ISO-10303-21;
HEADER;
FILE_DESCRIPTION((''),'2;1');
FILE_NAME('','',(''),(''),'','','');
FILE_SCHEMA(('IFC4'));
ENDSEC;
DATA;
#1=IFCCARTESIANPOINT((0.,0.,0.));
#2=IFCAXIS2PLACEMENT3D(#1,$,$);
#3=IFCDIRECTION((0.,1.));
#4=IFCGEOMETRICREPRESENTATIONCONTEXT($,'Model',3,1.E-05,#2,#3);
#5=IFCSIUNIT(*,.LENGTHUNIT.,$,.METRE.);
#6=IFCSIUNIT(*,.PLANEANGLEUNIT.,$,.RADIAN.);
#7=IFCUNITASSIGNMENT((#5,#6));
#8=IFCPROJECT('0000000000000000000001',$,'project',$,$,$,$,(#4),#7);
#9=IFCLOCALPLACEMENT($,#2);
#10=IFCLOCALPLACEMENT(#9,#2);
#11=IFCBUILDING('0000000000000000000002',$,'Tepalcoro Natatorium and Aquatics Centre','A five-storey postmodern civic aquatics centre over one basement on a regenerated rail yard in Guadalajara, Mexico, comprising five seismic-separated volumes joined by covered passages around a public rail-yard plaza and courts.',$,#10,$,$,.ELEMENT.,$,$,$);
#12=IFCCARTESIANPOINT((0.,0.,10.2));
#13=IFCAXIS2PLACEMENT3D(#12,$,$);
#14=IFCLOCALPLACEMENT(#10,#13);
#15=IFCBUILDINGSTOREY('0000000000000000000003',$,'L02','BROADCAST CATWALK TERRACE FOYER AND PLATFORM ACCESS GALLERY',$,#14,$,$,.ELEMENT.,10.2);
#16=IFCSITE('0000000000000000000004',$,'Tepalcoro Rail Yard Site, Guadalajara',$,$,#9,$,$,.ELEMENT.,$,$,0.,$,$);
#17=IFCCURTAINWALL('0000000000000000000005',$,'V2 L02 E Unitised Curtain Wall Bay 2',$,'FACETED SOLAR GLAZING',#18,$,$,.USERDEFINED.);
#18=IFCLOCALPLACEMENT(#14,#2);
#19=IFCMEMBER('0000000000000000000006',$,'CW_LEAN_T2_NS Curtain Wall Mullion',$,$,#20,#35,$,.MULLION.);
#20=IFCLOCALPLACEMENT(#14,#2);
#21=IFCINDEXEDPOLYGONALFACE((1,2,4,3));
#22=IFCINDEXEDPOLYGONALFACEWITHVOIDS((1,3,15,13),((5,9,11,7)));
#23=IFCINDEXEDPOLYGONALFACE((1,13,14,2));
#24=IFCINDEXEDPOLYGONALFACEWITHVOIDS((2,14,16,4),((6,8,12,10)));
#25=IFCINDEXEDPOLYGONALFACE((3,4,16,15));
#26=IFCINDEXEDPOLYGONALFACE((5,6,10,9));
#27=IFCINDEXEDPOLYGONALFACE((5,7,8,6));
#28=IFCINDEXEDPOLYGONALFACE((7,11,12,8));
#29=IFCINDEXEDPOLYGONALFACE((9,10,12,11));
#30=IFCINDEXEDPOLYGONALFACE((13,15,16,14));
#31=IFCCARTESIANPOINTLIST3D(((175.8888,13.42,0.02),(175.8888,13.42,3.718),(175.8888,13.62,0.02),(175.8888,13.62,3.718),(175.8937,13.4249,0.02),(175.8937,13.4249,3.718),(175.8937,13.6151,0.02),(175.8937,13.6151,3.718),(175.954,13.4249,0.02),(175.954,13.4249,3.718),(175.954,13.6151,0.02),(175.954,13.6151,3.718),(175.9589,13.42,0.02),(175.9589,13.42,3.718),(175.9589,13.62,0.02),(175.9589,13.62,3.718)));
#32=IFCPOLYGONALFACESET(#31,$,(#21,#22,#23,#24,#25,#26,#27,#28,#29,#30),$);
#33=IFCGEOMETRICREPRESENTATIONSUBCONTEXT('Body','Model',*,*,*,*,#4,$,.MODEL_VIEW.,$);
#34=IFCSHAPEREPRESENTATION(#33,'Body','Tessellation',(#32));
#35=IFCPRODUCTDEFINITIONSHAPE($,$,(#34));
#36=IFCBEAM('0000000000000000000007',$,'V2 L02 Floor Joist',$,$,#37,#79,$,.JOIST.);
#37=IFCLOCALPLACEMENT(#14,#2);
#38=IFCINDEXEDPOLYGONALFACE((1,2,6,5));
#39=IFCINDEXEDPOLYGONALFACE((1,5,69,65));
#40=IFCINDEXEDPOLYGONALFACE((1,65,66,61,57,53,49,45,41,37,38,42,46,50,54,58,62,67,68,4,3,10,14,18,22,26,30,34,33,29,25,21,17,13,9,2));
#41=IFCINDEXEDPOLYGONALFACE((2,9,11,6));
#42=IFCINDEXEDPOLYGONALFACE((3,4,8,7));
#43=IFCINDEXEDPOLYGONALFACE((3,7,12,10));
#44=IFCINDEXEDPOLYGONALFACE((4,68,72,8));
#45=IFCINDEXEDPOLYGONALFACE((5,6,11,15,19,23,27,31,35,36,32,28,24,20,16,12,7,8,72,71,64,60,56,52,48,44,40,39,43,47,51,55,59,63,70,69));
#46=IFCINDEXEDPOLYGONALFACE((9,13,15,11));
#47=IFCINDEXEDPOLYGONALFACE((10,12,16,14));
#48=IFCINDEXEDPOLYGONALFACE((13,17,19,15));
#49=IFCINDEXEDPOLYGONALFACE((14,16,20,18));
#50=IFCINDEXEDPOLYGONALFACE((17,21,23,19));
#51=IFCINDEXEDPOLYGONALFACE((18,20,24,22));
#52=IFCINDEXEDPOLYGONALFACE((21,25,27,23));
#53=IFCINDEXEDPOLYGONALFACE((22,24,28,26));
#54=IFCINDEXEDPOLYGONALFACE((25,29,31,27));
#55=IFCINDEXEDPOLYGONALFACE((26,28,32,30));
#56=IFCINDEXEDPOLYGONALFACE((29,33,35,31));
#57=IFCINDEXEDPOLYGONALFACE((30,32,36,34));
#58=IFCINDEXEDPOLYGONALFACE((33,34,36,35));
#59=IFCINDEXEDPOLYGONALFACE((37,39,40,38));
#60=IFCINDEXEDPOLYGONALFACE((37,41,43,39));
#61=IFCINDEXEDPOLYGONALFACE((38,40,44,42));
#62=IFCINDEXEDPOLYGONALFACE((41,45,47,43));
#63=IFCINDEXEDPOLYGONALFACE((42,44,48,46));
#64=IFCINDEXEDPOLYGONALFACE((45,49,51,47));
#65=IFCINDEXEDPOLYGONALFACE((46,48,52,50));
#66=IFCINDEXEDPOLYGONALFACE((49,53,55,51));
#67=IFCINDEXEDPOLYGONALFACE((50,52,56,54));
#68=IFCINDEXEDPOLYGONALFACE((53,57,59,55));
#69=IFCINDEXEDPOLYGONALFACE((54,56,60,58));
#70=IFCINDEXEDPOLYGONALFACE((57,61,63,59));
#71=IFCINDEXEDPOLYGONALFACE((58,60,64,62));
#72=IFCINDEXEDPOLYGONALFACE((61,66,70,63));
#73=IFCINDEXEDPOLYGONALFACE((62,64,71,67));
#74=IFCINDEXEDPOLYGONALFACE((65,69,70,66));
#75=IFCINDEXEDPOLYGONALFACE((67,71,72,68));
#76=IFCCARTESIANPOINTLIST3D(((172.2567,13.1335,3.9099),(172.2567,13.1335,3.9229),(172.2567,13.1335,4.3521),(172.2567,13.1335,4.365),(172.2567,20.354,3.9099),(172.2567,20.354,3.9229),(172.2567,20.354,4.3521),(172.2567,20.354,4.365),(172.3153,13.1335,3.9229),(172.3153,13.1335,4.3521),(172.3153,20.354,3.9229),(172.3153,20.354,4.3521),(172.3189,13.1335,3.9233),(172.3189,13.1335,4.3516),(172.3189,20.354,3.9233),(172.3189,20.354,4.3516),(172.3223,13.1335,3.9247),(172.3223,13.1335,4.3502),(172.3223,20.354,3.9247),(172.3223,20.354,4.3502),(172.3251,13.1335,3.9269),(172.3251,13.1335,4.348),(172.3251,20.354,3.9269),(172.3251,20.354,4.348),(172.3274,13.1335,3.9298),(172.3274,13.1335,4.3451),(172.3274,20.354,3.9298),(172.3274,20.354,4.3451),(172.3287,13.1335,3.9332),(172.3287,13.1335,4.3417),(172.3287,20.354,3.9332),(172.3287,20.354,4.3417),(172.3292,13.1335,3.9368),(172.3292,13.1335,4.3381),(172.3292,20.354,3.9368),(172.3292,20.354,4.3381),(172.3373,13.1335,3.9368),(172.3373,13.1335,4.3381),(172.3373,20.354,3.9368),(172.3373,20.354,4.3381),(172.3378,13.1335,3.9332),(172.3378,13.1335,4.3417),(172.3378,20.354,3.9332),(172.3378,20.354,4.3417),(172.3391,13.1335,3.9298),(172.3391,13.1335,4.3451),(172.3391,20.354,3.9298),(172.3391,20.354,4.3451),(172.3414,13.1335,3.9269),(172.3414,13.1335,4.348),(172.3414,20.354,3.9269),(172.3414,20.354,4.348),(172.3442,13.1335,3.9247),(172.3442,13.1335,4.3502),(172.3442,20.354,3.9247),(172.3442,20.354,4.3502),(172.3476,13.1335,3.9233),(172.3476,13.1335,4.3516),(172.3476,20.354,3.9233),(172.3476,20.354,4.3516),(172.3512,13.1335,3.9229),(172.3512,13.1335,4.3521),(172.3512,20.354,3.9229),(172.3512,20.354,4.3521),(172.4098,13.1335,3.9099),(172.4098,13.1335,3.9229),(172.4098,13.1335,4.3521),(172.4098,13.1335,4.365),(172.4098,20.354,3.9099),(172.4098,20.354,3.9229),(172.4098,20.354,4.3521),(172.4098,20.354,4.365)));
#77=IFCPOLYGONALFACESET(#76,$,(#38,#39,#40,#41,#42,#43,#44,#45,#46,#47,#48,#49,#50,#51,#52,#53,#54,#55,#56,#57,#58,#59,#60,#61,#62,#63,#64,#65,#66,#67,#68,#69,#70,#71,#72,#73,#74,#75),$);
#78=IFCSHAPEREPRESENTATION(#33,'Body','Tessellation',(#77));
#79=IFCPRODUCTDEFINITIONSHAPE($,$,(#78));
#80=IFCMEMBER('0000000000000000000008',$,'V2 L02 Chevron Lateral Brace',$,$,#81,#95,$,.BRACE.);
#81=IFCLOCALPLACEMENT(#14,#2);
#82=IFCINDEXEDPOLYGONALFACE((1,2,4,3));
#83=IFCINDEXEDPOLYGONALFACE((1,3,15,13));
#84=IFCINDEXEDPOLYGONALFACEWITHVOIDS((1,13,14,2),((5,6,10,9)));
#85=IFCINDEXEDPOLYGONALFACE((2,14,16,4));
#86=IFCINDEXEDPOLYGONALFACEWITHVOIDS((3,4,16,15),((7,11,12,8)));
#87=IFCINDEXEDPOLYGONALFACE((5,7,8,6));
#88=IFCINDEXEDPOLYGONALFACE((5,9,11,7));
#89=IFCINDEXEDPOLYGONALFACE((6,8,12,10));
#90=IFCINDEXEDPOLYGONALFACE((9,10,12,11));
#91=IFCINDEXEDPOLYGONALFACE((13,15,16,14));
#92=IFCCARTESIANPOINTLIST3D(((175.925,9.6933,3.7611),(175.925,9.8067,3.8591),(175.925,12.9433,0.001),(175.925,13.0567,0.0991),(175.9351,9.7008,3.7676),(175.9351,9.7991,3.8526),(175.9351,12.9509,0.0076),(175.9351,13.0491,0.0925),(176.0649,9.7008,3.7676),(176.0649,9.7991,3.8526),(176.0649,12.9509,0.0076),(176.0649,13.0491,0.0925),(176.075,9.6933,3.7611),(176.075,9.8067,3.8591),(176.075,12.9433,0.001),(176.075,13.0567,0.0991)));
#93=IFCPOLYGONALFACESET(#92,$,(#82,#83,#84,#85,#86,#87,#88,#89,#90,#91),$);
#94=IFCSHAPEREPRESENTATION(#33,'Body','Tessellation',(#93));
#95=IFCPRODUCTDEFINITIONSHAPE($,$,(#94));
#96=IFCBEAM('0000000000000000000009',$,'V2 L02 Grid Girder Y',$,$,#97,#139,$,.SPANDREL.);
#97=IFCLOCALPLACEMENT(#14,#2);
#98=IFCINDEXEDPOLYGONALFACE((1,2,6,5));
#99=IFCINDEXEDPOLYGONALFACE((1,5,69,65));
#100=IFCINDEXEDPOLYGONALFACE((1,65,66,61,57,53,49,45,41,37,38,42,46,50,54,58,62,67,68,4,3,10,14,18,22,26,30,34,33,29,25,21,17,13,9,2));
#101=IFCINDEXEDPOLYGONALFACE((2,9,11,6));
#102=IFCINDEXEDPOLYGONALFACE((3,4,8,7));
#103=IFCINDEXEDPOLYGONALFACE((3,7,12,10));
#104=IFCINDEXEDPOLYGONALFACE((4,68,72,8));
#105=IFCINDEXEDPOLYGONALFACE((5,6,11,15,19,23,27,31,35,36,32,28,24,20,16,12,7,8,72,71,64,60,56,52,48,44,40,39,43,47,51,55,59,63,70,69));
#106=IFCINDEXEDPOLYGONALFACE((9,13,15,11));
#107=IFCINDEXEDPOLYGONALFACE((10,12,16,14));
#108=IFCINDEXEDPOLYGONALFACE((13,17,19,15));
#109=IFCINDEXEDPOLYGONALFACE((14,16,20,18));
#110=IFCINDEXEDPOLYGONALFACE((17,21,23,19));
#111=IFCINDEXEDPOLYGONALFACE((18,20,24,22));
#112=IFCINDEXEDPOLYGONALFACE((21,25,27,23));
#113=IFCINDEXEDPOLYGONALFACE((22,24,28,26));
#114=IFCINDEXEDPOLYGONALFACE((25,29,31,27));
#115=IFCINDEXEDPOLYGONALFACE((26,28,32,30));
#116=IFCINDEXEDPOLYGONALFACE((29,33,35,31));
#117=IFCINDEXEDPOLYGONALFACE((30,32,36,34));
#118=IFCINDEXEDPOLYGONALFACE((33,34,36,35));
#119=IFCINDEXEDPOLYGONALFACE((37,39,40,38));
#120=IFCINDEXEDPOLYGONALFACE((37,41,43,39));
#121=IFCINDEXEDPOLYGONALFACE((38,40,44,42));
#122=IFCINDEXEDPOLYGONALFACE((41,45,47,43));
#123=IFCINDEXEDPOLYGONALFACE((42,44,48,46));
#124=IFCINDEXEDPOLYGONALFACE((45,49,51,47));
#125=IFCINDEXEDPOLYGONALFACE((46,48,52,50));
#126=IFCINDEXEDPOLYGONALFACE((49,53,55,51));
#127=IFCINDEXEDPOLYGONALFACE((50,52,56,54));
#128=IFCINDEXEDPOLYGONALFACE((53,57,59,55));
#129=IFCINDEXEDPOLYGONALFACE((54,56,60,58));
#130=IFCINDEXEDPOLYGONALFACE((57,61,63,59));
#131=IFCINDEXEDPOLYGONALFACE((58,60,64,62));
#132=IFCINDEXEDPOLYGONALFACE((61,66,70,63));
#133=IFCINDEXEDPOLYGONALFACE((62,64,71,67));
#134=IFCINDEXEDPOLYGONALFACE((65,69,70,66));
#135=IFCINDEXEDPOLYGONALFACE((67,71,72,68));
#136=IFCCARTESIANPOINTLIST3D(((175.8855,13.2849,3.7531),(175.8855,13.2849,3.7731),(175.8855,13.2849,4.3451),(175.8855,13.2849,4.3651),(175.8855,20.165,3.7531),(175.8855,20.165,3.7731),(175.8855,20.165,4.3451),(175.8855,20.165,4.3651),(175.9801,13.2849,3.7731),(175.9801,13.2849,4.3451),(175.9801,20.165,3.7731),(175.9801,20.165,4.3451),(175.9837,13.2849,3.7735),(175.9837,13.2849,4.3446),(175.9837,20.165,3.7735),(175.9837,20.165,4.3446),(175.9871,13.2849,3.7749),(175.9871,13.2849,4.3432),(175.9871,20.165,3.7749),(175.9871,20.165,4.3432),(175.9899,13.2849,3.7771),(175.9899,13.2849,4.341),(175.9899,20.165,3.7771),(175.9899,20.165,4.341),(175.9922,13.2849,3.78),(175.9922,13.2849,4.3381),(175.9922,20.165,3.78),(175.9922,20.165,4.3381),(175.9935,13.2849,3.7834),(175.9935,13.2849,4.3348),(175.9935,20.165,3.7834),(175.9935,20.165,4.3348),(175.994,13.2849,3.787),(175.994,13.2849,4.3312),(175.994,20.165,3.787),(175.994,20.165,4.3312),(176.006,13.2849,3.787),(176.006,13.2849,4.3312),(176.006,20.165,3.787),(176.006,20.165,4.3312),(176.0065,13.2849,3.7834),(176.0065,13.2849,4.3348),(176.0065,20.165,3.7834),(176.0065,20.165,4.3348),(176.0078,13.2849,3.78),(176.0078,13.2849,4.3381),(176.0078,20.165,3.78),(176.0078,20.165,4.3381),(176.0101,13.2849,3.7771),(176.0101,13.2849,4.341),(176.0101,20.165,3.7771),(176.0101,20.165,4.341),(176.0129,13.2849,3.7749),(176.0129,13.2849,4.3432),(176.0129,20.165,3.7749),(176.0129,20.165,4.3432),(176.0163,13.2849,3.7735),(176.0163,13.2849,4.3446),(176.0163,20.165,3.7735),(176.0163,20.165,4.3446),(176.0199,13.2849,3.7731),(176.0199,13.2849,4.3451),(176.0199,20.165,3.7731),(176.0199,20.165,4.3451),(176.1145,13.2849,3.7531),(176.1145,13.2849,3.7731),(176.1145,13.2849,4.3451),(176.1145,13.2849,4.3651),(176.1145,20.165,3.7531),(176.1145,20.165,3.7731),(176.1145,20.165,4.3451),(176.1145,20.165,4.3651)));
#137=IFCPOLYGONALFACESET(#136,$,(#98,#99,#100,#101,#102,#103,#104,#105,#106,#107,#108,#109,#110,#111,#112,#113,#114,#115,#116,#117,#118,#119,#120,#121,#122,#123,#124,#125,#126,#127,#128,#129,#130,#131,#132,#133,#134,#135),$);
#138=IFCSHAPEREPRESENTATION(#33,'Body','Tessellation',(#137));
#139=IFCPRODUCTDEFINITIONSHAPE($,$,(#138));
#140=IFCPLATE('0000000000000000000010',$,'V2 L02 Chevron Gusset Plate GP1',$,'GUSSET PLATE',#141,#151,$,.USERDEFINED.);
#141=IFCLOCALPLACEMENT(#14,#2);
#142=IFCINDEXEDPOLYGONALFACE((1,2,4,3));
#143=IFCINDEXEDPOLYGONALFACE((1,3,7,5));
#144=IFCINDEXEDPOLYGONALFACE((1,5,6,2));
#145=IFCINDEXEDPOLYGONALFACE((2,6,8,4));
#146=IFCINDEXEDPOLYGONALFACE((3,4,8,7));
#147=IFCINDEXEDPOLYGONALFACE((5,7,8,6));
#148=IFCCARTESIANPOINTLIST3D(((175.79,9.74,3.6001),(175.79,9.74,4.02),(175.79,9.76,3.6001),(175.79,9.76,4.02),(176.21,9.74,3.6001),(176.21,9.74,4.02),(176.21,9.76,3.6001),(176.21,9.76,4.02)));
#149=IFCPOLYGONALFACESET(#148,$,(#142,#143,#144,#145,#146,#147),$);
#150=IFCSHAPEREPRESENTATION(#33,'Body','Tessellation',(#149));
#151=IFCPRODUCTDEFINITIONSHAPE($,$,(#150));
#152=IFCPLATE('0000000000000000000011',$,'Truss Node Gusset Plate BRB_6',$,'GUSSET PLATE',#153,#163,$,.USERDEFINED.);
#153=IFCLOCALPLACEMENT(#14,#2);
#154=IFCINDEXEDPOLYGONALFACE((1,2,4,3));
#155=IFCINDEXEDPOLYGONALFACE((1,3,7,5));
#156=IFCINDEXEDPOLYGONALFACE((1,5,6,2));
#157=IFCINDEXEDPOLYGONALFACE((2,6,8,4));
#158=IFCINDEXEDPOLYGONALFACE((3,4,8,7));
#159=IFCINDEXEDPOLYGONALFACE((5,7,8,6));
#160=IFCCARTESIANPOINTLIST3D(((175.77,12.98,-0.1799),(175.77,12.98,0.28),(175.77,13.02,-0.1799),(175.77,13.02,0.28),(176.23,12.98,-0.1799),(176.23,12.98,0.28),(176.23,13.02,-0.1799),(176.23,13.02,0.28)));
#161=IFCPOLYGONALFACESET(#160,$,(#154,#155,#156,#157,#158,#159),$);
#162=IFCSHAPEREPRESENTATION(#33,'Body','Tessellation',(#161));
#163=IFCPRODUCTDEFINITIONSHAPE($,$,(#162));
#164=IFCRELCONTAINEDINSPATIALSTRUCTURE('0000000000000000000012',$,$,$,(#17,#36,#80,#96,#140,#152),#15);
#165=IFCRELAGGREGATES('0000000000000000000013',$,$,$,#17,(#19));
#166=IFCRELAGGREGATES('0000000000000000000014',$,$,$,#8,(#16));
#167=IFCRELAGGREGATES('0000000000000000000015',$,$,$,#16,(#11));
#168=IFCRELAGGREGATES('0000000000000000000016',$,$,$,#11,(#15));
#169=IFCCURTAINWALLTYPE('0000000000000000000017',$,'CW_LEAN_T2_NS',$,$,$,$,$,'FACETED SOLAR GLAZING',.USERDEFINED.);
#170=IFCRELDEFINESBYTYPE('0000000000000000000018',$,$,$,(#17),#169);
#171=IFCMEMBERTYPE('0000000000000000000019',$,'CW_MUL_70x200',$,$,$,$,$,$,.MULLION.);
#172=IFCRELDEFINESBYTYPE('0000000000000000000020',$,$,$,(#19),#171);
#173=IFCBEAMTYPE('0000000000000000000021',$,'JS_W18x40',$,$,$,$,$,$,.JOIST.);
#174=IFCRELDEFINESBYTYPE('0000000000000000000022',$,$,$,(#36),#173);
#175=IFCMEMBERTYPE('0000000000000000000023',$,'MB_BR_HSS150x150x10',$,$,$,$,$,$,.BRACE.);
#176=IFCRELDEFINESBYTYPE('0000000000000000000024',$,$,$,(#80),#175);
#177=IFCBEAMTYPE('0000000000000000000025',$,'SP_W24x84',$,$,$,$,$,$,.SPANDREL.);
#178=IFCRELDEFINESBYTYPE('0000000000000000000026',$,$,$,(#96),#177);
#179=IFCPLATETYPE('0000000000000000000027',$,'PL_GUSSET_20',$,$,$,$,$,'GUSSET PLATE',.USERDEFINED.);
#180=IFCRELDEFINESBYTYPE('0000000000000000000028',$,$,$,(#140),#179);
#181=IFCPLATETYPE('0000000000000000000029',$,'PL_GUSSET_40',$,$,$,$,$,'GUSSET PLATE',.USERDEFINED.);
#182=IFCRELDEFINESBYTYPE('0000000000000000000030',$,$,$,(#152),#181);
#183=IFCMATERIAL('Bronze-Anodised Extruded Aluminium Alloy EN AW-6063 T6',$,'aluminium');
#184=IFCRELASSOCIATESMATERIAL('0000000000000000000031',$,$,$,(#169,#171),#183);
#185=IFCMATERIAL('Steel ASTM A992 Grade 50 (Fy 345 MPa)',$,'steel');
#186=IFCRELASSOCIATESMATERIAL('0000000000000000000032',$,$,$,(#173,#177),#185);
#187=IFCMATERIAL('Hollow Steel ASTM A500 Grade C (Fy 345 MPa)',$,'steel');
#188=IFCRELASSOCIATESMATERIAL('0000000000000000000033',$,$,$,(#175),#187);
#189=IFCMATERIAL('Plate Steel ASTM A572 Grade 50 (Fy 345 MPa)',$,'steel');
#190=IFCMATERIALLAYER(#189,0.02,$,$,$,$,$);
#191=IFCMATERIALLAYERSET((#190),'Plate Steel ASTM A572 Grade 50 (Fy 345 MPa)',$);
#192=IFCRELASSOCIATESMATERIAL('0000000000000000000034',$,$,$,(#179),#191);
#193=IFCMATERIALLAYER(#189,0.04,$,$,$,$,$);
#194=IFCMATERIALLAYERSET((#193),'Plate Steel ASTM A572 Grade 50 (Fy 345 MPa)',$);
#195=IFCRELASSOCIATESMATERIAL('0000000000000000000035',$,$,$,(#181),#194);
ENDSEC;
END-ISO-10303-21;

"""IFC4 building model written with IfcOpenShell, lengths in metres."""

from ifc_helpers import new_model, si_unit, direction, frame, origin, origin_2d, place, context, subcontext, project, spatial, rectangle, hollow_rectangle, i_section, extrude, material, layer, layer_set, material_profile, profile_set, type_object, element, aggregate, save


model = new_model("IFC4")

# Units and contexts
model_context = context("Model", 3, precision=1e-05, world=origin(), true_north=direction((0.0, 1.0)))
body_context = subcontext(model_context, "Body", "Model", "MODEL_VIEW")
ifc_project = project(units=[si_unit("LENGTHUNIT", "METRE"), si_unit("PLANEANGLEUNIT", "RADIAN")], contexts=[model_context])

# Site, building, storey
site_placement = place(None, origin())
site = spatial("IfcSite", under=ifc_project, at=site_placement, Name="Tepalcoro Rail Yard Site, Guadalajara", CompositionType="ELEMENT", RefElevation=0.0)
building_placement = place(site_placement, origin())
building = spatial("IfcBuilding", under=site, at=building_placement, Name="Tepalcoro Natatorium and Aquatics Centre", Description="A five-storey postmodern civic aquatics centre over one basement on a regenerated rail yard in Guadalajara, Mexico, comprising five seismic-separated volumes joined by covered passages around a public rail-yard plaza and courts.", CompositionType="ELEMENT")
storey_placement = place(building_placement, frame((0.0, 0.0, 10.2)))
storey = spatial("IfcBuildingStorey", under=building, at=storey_placement, Name="L02", Description="BROADCAST CATWALK TERRACE FOYER AND PLATFORM ACCESS GALLERY", CompositionType="ELEMENT", Elevation=10.2)

# Shared definitions
ifc_material_1 = material(Name="Steel ASTM A992 Grade 50 (Fy 345 MPa)", Category="steel")

# Curtain wall, member
ifc_material_2 = material(Name="Bronze-Anodised Extruded Aluminium Alloy EN AW-6063 T6", Category="aluminium")
curtain_wall_type = type_object("IfcCurtainWallType", Name="CW_LEAN_T2_NS", ElementType="FACETED SOLAR GLAZING", PredefinedType="USERDEFINED", material=ifc_material_2)
curtain_wall_placement = place(storey_placement, origin())
curtain_wall = element("IfcCurtainWall", 1, at=curtain_wall_placement, inside=storey, type_object=curtain_wall_type, Name="V2 L02 E Unitised Curtain Wall Bay 2", ObjectType="FACETED SOLAR GLAZING", PredefinedType="USERDEFINED")
ifc_material_profile_1 = material_profile(ifc_material_2, hollow_rectangle(XDim=0.0701, YDim=0.2, WallThickness=0.0049, at=origin_2d()), Name="AL70X200X5")
ifc_profile_set_1 = profile_set([ifc_material_profile_1], Name="Bronze-Anodised Extruded Aluminium Alloy EN AW-6063 T6")
member_type_1 = type_object("IfcMemberType", Name="CW_MUL_70x200", PredefinedType="MULLION", material=ifc_profile_set_1)
member_1_placement = place(storey_placement, frame((175.9238, 13.52, 0.02), z_axis=(0.0, 0.0, 1.0), x_axis=(1.0, 0.0, 0.0)))
member_1 = element("IfcMember", 2, at=member_1_placement, type_object=member_type_1, Name="CW_LEAN_T2_NS Curtain Wall Mullion", PredefinedType="MULLION", context=body_context, shape_type="SweptSolid", body=[
    extrude(hollow_rectangle(XDim=0.0701, YDim=0.2, WallThickness=0.0049, at=origin_2d()), origin(), (0.0, 0.0, 1.0), 3.698),
])
aggregate(curtain_wall, [member_1])

# Beam
ifc_material_profile_2 = material_profile(ifc_material_1, i_section(OverallWidth=0.1531, OverallDepth=0.4551, WebThickness=0.0081, FlangeThickness=0.0129, FilletRadius=0.0139, at=origin_2d()), Name="W18X40")
ifc_profile_set_2 = profile_set([ifc_material_profile_2], Name="Steel ASTM A992 Grade 50 (Fy 345 MPa)")
beam_type_1 = type_object("IfcBeamType", Name="JS_W18x40", PredefinedType="JOIST", material=ifc_profile_set_2)
beam_1_placement = place(storey_placement, frame((172.3333, 13.1335, 4.1375), z_axis=(0.0, 1.0, 0.0), x_axis=(-1.0, 0.0, 0.0)))
element("IfcBeam", 3, at=beam_1_placement, inside=storey, type_object=beam_type_1, Name="V2 L02 Floor Joist", PredefinedType="JOIST", context=body_context, shape_type="SweptSolid", body=[
    extrude(i_section(OverallWidth=0.1531, OverallDepth=0.4551, WebThickness=0.0081, FlangeThickness=0.0129, FilletRadius=0.0139, at=origin_2d()), origin(), (0.0, 0.0, 1.0), 7.2205),
])

# Member
ifc_material_3 = material(Name="Hollow Steel ASTM A500 Grade C (Fy 345 MPa)", Category="steel")
ifc_material_profile_3 = material_profile(ifc_material_3, hollow_rectangle(XDim=0.1499, YDim=0.1499, WallThickness=0.01, at=origin_2d()), Name="HSS150X150X10")
ifc_profile_set_3 = profile_set([ifc_material_profile_3], Name="Hollow Steel ASTM A500 Grade C (Fy 345 MPa)")
member_type_2 = type_object("IfcMemberType", Name="MB_BR_HSS150x150x10", PredefinedType="BRACE", material=ifc_profile_set_3)
member_2_placement = place(storey_placement, frame((176.0, 13.0, 0.05), z_axis=(0.0, -0.653933, 0.756552), x_axis=(1.0, 0.0, 0.0)))
element("IfcMember", 4, at=member_2_placement, inside=storey, type_object=member_type_2, Name="V2 L02 Chevron Lateral Brace", PredefinedType="BRACE", context=body_context, shape_type="SweptSolid", body=[
    extrude(hollow_rectangle(XDim=0.1499, YDim=0.1499, WallThickness=0.01, at=origin_2d()), origin(), (0.0, 0.0, 1.0), 4.97),
])

# Beam
ifc_material_profile_4 = material_profile(ifc_material_1, i_section(OverallWidth=0.229, OverallDepth=0.6121, WebThickness=0.012, FlangeThickness=0.02, FilletRadius=0.0139, at=origin_2d()), Name="W24X84")
ifc_profile_set_4 = profile_set([ifc_material_profile_4], Name="Steel ASTM A992 Grade 50 (Fy 345 MPa)")
beam_type_2 = type_object("IfcBeamType", Name="SP_W24x84", PredefinedType="SPANDREL", material=ifc_profile_set_4)
beam_2_placement = place(storey_placement, frame((176.0, 13.2849, 4.0591), z_axis=(0.0, 1.0, 0.0), x_axis=(-1.0, 0.0, 0.0)))
element("IfcBeam", 5, at=beam_2_placement, inside=storey, type_object=beam_type_2, Name="V2 L02 Grid Girder Y", PredefinedType="SPANDREL", context=body_context, shape_type="SweptSolid", body=[
    extrude(i_section(OverallWidth=0.229, OverallDepth=0.6121, WebThickness=0.012, FlangeThickness=0.02, FilletRadius=0.0139, at=origin_2d()), origin(), (0.0, 0.0, 1.0), 6.8801),
])

# Plates
ifc_material_4 = material(Name="Plate Steel ASTM A572 Grade 50 (Fy 345 MPa)", Category="steel")
ifc_layer_1 = layer(ifc_material_4, 0.02)
ifc_layer_set_1 = layer_set([ifc_layer_1], Name="Plate Steel ASTM A572 Grade 50 (Fy 345 MPa)")
plate_type_1 = type_object("IfcPlateType", Name="PL_GUSSET_20", ElementType="GUSSET PLATE", PredefinedType="USERDEFINED", material=ifc_layer_set_1)
plate_1_placement = place(storey_placement, frame((176.0, 9.75, 3.6001), z_axis=(0.0, 0.0, 1.0), x_axis=(1.0, 0.0, 0.0)))
element("IfcPlate", 6, at=plate_1_placement, inside=storey, type_object=plate_type_1, Name="V2 L02 Chevron Gusset Plate GP1", ObjectType="GUSSET PLATE", PredefinedType="USERDEFINED", context=body_context, shape_type="SweptSolid", body=[
    extrude(rectangle(XDim=0.4199, YDim=0.02, at=origin_2d()), origin(), (0.0, 0.0, 1.0), 0.4199),
])
ifc_layer_2 = layer(ifc_material_4, 0.04)
ifc_layer_set_2 = layer_set([ifc_layer_2], Name="Plate Steel ASTM A572 Grade 50 (Fy 345 MPa)")
plate_type_2 = type_object("IfcPlateType", Name="PL_GUSSET_40", ElementType="GUSSET PLATE", PredefinedType="USERDEFINED", material=ifc_layer_set_2)
plate_2_placement = place(storey_placement, frame((176.0, 13.0, -0.1799), z_axis=(0.0, 0.0, 1.0), x_axis=(1.0, 0.0, 0.0)))
element("IfcPlate", 7, at=plate_2_placement, inside=storey, type_object=plate_type_2, Name="Truss Node Gusset Plate BRB_6", ObjectType="GUSSET PLATE", PredefinedType="USERDEFINED", context=body_context, shape_type="SweptSolid", body=[
    extrude(rectangle(XDim=0.46, YDim=0.04, at=origin_2d()), origin(), (0.0, 0.0, 1.0), 0.46),
])

save(model, "model.ifc")
